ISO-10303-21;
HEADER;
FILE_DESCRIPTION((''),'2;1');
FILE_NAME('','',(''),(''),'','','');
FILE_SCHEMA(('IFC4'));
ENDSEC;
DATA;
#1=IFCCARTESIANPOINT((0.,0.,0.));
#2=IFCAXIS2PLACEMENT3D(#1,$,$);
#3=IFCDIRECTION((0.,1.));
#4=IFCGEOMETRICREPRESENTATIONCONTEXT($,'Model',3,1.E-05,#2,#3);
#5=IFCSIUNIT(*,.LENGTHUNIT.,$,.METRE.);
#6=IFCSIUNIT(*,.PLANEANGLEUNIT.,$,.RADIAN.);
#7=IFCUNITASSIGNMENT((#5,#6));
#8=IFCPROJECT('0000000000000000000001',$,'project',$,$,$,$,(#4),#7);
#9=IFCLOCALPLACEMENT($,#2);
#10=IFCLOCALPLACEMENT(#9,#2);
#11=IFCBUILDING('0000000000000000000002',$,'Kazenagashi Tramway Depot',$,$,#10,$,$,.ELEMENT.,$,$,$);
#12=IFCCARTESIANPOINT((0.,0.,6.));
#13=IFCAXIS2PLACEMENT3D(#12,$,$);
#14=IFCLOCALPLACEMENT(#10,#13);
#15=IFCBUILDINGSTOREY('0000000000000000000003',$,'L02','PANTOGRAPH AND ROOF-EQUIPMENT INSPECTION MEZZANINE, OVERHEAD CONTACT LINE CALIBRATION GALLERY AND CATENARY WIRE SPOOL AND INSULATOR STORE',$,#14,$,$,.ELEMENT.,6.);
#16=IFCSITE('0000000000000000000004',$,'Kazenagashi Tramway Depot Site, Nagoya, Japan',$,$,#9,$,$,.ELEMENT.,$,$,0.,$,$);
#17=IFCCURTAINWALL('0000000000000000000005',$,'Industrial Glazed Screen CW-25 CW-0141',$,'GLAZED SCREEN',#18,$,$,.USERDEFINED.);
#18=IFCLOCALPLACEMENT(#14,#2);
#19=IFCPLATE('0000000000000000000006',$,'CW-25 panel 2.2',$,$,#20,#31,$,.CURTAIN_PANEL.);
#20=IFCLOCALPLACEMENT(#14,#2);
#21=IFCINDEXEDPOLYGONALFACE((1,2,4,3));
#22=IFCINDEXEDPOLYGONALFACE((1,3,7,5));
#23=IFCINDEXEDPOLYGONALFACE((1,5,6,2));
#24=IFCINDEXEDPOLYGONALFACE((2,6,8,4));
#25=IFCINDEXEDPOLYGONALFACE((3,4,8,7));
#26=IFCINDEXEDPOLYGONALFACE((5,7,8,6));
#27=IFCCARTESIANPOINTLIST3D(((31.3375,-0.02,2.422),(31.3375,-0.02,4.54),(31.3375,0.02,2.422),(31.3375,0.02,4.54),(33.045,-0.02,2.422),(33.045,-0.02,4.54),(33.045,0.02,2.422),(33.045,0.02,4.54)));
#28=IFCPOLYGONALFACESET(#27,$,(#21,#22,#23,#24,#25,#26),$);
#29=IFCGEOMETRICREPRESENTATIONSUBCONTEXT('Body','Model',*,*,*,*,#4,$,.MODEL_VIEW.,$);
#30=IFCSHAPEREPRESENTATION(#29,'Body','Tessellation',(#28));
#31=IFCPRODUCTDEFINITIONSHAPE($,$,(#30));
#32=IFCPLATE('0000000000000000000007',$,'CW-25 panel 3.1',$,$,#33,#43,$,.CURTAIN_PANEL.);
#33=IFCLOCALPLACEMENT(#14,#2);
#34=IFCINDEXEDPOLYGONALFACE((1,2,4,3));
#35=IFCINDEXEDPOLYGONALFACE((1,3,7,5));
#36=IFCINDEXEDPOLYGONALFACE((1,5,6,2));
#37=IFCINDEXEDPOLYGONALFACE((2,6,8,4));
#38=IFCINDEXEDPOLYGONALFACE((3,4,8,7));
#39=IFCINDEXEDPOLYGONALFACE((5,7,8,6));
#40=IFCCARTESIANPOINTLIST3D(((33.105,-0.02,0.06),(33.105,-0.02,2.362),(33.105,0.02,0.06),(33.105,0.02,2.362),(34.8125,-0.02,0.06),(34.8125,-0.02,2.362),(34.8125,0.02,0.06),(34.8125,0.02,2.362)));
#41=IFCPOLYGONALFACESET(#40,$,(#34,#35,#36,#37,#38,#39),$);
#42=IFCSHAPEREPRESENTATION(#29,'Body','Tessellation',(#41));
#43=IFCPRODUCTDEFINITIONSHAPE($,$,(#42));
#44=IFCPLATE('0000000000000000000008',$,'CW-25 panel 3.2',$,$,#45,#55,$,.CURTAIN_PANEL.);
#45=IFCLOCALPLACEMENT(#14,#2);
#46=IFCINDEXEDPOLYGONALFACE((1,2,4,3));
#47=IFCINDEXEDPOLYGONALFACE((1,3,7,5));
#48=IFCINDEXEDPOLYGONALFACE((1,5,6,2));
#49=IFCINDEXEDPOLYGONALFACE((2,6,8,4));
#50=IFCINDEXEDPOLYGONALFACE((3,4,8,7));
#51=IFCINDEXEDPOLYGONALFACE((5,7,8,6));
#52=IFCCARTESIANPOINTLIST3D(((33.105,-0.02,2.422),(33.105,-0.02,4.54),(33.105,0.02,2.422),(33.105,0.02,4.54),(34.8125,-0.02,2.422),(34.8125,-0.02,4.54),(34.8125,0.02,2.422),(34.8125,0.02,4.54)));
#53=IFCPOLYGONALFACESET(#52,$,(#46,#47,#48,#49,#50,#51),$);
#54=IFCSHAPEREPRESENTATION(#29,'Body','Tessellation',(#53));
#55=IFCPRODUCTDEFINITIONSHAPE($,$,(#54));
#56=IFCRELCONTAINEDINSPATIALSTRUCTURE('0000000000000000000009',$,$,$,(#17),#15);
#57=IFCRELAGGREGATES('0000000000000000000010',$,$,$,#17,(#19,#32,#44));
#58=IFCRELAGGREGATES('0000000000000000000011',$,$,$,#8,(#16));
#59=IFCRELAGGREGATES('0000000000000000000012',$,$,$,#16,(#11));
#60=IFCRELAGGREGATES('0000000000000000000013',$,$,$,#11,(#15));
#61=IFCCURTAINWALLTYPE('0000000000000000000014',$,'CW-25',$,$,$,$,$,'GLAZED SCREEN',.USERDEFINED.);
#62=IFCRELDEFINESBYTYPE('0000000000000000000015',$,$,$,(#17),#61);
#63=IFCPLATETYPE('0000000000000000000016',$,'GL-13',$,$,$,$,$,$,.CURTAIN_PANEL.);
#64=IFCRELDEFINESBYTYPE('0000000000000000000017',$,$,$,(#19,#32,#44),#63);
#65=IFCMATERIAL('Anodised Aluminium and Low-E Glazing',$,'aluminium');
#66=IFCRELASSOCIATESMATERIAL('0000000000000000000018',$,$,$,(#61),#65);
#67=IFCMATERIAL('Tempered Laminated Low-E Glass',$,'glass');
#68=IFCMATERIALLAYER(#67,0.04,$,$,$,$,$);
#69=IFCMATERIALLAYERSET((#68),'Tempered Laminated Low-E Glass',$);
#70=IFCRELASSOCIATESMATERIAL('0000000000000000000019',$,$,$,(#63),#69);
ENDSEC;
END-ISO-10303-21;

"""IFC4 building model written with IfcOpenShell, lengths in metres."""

from ifc_helpers import new_model, si_unit, direction, frame, origin, origin_2d, place, context, subcontext, project, spatial, rectangle, extrude, material, layer, layer_set, type_object, element, aggregate, save


model = new_model("IFC4")

# Units and contexts
model_context = context("Model", 3, precision=1e-05, world=origin(), true_north=direction((0.0, 1.0)))
body_context = subcontext(model_context, "Body", "Model", "MODEL_VIEW")
ifc_project = project(units=[si_unit("LENGTHUNIT", "METRE"), si_unit("PLANEANGLEUNIT", "RADIAN")], contexts=[model_context])

# Site, building, storey
site_placement = place(None, origin())
site = spatial("IfcSite", under=ifc_project, at=site_placement, Name="Kazenagashi Tramway Depot Site, Nagoya, Japan", CompositionType="ELEMENT", RefElevation=0.0)
building_placement = place(site_placement, origin())
building = spatial("IfcBuilding", under=site, at=building_placement, Name="Kazenagashi Tramway Depot", CompositionType="ELEMENT")
storey_placement = place(building_placement, frame((0.0, 0.0, 6.0)))
storey = spatial("IfcBuildingStorey", under=building, at=storey_placement, Name="L02", Description="PANTOGRAPH AND ROOF-EQUIPMENT INSPECTION MEZZANINE, OVERHEAD CONTACT LINE CALIBRATION GALLERY AND CATENARY WIRE SPOOL AND INSULATOR STORE", CompositionType="ELEMENT", Elevation=6.0)

# Shared definitions
ifc_material_1 = material(Name="Anodised Aluminium and Low-E Glazing", Category="aluminium")
curtain_wall_type = type_object("IfcCurtainWallType", Name="CW-25", ElementType="GLAZED SCREEN", PredefinedType="USERDEFINED", material=ifc_material_1)

# Curtain wall
curtain_wall_1_placement = place(storey_placement, origin())
curtain_wall_1 = element("IfcCurtainWall", 1, at=curtain_wall_1_placement, inside=storey, type_object=curtain_wall_type, Name="Industrial Glazed Screen CW-25 CW-0141", ObjectType="GLAZED SCREEN", PredefinedType="USERDEFINED")

# Plates
ifc_material_2 = material(Name="Tempered Laminated Low-E Glass", Category="glass")
ifc_layer_1 = layer(ifc_material_2, 0.04)
ifc_layer_set_1 = layer_set([ifc_layer_1], Name="Tempered Laminated Low-E Glass")
plate_type_1 = type_object("IfcPlateType", Name="GL-13", PredefinedType="CURTAIN_PANEL", material=ifc_layer_set_1)
plate_1_placement = place(storey_placement, frame((32.1912, 0.0, 2.422), z_axis=(0.0, 0.0, 1.0), x_axis=(1.0, 0.0, 0.0)))
plate_1 = element("IfcPlate", 2, at=plate_1_placement, type_object=plate_type_1, Name="CW-25 panel 2.2", PredefinedType="CURTAIN_PANEL", context=body_context, shape_type="SweptSolid", body=[
    extrude(rectangle(XDim=1.7075, YDim=0.04, at=origin_2d()), origin(), (0.0, 0.0, 1.0), 2.118),
])
plate_2_placement = place(storey_placement, frame((33.9588, 0.0, 0.06), z_axis=(0.0, 0.0, 1.0), x_axis=(1.0, 0.0, 0.0)))
plate_2 = element("IfcPlate", 3, at=plate_2_placement, type_object=plate_type_1, Name="CW-25 panel 3.1", PredefinedType="CURTAIN_PANEL", context=body_context, shape_type="SweptSolid", body=[
    extrude(rectangle(XDim=1.7075, YDim=0.04, at=origin_2d()), origin(), (0.0, 0.0, 1.0), 2.302),
])
plate_3_placement = place(storey_placement, frame((33.9588, 0.0, 2.422), z_axis=(0.0, 0.0, 1.0), x_axis=(1.0, 0.0, 0.0)))
plate_3 = element("IfcPlate", 4, at=plate_3_placement, type_object=plate_type_1, Name="CW-25 panel 3.2", PredefinedType="CURTAIN_PANEL", context=body_context, shape_type="SweptSolid", body=[
    extrude(rectangle(XDim=1.7075, YDim=0.04, at=origin_2d()), origin(), (0.0, 0.0, 1.0), 2.118),
])
aggregate(curtain_wall_1, [plate_1, plate_2, plate_3])

save(model, "model.ifc")
